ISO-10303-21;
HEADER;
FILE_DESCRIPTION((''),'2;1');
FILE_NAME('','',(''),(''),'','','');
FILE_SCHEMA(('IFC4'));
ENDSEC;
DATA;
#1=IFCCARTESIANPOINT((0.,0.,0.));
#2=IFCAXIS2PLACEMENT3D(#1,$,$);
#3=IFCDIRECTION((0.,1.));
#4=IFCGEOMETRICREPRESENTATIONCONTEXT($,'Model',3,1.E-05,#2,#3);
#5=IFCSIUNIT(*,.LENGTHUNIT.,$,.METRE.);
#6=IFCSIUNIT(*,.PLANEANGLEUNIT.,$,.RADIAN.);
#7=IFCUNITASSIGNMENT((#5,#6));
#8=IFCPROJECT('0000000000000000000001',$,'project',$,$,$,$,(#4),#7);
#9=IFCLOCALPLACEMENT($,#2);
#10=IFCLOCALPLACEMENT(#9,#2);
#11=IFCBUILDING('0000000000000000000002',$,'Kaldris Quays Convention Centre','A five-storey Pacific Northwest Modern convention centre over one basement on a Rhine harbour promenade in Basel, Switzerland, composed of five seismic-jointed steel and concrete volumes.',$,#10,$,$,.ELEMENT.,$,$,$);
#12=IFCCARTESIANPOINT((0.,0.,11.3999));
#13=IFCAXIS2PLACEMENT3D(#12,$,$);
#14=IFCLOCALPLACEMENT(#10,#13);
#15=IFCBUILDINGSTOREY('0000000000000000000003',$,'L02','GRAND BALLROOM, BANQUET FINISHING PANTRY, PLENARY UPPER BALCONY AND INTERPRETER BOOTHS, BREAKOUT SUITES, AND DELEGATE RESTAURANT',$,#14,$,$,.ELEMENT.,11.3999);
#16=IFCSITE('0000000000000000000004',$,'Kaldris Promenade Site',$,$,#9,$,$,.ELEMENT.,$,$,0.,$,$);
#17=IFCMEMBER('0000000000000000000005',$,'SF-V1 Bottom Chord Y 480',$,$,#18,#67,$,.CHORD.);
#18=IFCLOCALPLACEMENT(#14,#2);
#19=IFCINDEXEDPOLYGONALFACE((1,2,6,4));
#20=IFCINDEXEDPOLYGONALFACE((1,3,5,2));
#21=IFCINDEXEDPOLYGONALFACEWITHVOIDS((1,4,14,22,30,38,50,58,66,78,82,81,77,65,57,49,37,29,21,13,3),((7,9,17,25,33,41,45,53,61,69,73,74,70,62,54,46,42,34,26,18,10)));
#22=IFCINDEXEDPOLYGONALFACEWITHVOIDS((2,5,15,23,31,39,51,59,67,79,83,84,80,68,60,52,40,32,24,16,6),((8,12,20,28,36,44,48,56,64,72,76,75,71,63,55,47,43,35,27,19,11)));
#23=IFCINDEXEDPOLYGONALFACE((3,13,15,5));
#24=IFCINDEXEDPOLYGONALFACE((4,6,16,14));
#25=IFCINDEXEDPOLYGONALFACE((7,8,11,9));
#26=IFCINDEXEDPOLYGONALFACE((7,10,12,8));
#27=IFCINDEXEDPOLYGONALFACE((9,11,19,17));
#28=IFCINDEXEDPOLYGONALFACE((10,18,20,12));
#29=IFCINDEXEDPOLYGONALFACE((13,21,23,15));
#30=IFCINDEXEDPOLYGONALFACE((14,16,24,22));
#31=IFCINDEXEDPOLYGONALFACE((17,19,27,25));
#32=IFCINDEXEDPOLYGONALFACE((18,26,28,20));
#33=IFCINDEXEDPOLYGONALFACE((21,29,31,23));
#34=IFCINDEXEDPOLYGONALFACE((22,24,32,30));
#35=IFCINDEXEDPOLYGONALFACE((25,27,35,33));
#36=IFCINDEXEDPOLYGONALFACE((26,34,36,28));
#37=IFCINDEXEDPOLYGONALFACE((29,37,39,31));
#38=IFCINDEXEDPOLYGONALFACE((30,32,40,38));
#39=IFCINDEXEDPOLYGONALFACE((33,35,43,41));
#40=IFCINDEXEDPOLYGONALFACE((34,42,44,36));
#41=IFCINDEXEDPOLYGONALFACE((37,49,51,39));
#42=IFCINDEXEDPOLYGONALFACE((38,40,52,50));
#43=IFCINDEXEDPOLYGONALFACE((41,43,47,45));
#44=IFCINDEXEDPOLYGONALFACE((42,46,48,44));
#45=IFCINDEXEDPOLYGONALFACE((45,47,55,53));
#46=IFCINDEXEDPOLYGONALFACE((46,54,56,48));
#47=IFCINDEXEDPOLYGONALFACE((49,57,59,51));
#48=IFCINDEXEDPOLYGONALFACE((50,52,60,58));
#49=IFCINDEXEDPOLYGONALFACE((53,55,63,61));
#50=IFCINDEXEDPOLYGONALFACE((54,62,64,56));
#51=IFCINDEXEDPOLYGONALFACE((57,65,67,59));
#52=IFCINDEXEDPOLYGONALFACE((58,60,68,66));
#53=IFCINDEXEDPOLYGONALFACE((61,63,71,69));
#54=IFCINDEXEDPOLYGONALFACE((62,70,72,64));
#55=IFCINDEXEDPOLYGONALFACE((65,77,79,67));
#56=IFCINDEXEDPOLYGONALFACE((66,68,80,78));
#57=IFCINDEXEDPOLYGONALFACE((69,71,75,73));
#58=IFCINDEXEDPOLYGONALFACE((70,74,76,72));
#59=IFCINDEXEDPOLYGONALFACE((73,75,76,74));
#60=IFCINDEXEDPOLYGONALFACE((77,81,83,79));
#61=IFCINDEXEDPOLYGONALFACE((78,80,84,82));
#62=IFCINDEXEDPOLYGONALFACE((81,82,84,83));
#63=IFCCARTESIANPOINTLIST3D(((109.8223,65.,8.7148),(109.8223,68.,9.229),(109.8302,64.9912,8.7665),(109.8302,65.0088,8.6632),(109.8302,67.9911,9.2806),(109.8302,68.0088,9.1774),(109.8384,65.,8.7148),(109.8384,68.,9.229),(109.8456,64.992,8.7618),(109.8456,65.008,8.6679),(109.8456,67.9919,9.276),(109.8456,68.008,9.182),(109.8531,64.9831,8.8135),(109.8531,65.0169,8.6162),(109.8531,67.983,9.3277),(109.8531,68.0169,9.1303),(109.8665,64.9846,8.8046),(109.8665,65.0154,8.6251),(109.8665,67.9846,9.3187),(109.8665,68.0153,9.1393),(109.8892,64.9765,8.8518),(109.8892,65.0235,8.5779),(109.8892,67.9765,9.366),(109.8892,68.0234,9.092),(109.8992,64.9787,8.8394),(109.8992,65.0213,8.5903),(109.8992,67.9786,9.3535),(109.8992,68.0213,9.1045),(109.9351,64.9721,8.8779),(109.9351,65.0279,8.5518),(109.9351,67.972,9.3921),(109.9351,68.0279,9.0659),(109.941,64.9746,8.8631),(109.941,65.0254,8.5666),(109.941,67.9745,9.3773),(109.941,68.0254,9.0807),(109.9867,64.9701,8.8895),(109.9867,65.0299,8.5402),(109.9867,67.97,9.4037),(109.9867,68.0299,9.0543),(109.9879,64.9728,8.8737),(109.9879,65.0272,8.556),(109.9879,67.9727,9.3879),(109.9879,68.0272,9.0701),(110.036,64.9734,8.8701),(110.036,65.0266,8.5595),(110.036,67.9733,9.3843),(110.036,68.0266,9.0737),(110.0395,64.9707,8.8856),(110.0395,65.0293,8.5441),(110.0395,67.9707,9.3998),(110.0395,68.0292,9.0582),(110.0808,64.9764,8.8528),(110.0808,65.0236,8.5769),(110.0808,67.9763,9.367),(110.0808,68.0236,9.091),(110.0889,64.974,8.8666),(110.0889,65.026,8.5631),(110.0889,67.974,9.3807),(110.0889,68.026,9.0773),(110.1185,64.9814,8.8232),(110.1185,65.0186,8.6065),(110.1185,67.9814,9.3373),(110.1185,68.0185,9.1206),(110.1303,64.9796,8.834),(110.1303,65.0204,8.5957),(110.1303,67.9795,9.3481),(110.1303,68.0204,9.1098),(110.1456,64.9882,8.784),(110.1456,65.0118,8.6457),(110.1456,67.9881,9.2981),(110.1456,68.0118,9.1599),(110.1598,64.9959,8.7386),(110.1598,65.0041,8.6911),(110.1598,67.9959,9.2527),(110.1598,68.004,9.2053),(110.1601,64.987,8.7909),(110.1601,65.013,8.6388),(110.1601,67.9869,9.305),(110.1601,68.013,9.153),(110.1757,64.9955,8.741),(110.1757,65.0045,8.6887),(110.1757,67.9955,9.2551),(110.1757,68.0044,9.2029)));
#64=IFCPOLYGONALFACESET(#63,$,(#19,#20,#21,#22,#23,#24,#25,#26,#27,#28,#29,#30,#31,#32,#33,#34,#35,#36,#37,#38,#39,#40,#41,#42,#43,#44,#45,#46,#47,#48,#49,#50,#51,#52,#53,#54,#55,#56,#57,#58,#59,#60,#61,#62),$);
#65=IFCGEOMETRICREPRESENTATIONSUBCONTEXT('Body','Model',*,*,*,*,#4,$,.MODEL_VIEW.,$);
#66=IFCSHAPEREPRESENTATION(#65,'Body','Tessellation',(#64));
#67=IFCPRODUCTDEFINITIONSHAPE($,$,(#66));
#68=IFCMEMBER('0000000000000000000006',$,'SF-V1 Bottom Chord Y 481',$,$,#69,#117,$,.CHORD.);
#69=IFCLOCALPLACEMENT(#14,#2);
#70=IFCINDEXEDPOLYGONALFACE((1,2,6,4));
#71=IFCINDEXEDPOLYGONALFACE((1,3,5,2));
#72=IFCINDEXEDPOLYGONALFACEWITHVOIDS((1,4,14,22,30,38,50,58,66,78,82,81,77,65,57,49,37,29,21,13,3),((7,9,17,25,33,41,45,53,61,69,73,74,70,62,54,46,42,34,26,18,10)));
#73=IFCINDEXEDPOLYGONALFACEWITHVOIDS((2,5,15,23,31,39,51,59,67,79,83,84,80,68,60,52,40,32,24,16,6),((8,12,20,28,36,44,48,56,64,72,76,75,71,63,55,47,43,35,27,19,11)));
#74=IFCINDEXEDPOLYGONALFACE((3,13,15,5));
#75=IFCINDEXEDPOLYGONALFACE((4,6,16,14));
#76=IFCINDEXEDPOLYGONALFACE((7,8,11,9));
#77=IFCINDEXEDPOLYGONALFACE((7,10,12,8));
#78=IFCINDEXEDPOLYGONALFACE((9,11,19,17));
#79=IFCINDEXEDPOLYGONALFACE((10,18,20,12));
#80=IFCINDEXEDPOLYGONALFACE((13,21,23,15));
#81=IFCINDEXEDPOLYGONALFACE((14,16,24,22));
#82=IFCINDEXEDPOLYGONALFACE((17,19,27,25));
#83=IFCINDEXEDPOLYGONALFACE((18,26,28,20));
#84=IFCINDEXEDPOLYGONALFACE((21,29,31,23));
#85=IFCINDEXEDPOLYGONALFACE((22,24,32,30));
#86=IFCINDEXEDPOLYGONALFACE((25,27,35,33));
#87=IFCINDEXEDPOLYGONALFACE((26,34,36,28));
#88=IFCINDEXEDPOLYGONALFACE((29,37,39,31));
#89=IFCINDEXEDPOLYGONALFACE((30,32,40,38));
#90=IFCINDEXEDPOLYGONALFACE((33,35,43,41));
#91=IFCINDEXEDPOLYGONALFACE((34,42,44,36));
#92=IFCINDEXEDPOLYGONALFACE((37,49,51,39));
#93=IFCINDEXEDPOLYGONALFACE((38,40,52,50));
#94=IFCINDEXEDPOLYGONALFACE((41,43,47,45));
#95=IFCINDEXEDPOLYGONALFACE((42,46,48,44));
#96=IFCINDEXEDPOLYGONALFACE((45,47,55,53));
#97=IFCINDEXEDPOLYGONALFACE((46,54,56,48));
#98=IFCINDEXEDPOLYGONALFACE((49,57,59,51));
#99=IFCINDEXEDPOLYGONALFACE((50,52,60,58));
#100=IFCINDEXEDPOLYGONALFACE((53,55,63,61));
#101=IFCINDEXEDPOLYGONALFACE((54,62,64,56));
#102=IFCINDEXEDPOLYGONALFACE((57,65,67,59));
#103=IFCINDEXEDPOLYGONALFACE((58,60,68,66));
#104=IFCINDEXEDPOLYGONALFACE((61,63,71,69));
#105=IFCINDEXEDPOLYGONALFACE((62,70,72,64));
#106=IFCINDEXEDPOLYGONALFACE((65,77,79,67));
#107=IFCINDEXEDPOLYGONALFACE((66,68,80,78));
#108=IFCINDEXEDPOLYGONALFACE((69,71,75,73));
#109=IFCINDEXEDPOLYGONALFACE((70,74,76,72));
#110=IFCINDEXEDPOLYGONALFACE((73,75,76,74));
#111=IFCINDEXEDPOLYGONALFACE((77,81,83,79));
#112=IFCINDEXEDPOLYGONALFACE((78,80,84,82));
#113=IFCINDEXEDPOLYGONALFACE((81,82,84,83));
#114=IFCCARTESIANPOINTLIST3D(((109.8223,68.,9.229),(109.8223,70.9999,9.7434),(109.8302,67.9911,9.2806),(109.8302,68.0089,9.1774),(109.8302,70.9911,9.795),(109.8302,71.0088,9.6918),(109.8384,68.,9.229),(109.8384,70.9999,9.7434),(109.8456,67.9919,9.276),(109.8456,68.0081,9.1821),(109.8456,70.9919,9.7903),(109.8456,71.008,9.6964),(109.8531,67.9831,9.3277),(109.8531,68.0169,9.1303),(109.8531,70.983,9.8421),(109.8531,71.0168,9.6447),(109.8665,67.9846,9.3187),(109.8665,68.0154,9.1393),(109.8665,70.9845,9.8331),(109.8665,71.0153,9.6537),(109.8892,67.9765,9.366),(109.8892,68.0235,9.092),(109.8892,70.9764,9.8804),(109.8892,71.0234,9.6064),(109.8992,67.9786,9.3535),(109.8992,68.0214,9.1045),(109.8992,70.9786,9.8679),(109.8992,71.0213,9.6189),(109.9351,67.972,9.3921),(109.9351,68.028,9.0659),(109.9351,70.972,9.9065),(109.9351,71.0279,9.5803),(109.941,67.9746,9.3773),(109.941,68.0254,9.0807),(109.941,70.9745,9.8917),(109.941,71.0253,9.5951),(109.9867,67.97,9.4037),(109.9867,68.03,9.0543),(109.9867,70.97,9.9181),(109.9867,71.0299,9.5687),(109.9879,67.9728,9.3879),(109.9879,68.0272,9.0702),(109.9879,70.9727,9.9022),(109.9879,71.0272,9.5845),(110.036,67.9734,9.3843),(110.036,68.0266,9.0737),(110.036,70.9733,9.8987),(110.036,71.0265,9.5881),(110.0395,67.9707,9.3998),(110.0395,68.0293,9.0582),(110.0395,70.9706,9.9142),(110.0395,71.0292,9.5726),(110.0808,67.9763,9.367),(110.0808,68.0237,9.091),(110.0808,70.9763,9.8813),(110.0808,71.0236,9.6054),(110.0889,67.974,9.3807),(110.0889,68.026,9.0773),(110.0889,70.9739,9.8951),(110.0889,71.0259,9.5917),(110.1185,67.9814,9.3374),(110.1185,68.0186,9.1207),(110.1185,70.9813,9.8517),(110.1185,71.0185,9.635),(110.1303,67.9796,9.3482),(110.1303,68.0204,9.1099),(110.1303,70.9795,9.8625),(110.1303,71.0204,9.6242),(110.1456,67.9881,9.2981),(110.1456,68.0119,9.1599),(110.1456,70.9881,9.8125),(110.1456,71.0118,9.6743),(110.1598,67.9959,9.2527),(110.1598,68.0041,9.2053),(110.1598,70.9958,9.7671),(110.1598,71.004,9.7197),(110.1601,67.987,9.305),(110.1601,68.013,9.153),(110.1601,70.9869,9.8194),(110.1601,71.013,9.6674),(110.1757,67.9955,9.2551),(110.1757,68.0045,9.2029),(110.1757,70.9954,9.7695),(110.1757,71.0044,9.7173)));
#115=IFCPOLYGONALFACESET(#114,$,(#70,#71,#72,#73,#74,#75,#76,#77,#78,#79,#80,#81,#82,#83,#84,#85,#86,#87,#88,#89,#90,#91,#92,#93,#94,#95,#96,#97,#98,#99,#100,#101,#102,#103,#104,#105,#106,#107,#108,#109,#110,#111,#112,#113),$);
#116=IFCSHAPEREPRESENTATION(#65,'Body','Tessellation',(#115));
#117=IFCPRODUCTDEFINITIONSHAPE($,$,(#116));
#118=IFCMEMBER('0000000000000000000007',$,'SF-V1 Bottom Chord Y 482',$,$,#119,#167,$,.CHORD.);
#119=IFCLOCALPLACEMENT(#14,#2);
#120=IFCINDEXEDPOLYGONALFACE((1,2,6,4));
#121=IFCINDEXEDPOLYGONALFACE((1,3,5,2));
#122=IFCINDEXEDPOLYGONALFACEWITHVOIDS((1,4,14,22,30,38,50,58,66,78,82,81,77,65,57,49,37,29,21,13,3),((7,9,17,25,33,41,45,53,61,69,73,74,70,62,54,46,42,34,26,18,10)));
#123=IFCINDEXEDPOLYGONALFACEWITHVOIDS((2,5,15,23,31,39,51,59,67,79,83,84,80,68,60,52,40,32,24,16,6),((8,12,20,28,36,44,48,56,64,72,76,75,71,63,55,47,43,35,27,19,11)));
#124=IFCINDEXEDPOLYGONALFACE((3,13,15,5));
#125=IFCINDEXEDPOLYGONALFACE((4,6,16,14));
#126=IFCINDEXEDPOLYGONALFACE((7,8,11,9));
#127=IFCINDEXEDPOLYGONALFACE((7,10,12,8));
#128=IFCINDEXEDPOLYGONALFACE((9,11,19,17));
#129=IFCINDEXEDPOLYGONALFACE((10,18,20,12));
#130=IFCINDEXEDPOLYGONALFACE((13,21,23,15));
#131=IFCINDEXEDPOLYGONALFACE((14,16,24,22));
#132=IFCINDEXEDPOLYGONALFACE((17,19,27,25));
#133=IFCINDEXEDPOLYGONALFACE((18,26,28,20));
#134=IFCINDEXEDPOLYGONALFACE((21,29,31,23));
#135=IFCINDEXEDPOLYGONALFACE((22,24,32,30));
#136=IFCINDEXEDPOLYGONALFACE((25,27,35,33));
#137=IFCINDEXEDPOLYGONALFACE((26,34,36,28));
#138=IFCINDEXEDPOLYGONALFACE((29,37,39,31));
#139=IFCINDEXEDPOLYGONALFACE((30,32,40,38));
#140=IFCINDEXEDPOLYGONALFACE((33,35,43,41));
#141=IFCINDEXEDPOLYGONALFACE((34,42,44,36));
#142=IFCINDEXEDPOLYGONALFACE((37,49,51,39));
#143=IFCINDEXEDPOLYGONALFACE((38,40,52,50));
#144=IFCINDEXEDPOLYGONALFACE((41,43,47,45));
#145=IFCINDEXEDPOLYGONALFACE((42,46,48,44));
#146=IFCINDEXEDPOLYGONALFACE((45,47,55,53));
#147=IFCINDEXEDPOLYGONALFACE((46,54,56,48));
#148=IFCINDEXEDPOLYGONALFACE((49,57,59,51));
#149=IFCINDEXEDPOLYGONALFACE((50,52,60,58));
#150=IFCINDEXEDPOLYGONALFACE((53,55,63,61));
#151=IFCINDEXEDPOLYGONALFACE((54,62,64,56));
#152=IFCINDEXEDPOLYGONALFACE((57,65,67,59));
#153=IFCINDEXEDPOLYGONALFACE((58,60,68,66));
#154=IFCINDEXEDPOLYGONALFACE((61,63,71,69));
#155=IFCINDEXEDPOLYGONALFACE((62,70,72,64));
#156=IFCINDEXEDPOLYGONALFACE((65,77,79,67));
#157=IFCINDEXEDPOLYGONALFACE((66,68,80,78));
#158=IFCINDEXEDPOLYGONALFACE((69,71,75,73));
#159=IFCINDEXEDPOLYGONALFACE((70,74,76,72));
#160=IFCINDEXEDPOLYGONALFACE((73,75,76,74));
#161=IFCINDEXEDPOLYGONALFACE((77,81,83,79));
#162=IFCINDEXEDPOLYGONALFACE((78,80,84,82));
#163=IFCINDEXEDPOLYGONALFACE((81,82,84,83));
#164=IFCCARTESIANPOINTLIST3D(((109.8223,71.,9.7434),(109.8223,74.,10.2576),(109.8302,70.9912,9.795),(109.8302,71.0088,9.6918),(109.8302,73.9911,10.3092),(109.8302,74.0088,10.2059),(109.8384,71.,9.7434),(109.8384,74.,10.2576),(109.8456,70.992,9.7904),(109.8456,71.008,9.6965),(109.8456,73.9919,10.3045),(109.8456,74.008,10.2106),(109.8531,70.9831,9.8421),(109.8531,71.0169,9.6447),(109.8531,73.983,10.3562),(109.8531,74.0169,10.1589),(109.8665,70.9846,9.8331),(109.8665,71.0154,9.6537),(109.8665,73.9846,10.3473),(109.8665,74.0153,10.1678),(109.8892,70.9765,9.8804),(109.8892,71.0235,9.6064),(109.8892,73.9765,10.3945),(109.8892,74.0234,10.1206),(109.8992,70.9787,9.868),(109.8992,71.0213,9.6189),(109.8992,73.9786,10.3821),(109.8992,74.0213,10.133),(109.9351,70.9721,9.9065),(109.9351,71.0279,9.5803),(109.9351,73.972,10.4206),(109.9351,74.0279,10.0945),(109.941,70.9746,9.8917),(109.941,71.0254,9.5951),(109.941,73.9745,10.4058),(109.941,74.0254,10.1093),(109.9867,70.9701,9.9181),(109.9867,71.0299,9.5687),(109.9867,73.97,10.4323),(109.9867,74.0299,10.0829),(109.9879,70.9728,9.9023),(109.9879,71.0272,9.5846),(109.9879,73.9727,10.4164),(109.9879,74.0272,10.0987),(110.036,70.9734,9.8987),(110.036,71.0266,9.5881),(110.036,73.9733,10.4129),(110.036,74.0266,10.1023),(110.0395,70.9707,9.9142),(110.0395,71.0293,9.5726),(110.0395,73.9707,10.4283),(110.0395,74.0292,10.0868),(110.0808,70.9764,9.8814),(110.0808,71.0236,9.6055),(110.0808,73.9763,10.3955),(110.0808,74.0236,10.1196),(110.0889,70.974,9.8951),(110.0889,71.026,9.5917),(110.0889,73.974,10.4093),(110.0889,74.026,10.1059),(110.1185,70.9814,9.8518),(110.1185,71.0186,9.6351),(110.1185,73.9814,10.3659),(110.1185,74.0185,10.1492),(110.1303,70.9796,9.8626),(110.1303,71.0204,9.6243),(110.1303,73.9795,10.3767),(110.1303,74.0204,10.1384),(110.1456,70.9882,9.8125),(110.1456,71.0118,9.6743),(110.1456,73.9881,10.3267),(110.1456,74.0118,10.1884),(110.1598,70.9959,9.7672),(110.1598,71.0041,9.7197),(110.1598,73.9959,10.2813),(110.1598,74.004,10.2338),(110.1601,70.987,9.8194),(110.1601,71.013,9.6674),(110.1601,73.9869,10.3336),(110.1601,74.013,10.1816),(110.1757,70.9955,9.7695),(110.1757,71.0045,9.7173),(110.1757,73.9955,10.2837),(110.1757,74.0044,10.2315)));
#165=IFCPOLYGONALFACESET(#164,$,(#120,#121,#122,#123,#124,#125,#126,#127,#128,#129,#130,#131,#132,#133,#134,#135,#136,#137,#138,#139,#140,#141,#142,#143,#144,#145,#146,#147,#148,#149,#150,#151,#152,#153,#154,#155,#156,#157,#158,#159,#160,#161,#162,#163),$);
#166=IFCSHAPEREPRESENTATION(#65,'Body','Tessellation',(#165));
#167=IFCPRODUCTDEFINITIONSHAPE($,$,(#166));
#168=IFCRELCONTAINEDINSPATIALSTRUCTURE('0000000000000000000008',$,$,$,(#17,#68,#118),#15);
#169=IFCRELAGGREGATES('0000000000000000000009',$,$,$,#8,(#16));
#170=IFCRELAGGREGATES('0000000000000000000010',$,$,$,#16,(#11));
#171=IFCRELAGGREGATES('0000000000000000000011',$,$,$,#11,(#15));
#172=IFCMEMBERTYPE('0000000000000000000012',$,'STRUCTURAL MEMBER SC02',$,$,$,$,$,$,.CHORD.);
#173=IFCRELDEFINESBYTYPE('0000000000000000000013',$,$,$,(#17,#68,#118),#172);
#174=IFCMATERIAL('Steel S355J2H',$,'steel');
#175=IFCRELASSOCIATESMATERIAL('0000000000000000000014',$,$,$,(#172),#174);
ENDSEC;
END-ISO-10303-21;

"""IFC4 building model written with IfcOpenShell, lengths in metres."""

from ifc_helpers import new_model, si_unit, direction, frame, origin, origin_2d, place, context, subcontext, project, spatial, hollow_circle, extrude, material, material_profile, profile_set, type_object, element, save


model = new_model("IFC4")

# Units and contexts
model_context = context("Model", 3, precision=1e-05, world=origin(), true_north=direction((0.0, 1.0)))
body_context = subcontext(model_context, "Body", "Model", "MODEL_VIEW")
ifc_project = project(units=[si_unit("LENGTHUNIT", "METRE"), si_unit("PLANEANGLEUNIT", "RADIAN")], contexts=[model_context])

# Site, building, storey
site_placement = place(None, origin())
site = spatial("IfcSite", under=ifc_project, at=site_placement, Name="Kaldris Promenade Site", CompositionType="ELEMENT", RefElevation=0.0)
building_placement = place(site_placement, origin())
building = spatial("IfcBuilding", under=site, at=building_placement, Name="Kaldris Quays Convention Centre", Description="A five-storey Pacific Northwest Modern convention centre over one basement on a Rhine harbour promenade in Basel, Switzerland, composed of five seismic-jointed steel and concrete volumes.", CompositionType="ELEMENT")
storey_placement = place(building_placement, frame((0.0, 0.0, 11.3999)))
storey = spatial("IfcBuildingStorey", under=building, at=storey_placement, Name="L02", Description="GRAND BALLROOM, BANQUET FINISHING PANTRY, PLENARY UPPER BALCONY AND INTERPRETER BOOTHS, BREAKOUT SUITES, AND DELEGATE RESTAURANT", CompositionType="ELEMENT", Elevation=11.3999)

# Members
ifc_material_1 = material(Name="Steel S355J2H", Category="steel")
ifc_material_profile_1 = material_profile(ifc_material_1, hollow_circle(Radius=0.1777, WallThickness=0.0161, at=origin_2d()), Name="CHS 355.6x16")
ifc_profile_set_1 = profile_set([ifc_material_profile_1], Name="Steel S355J2H")
member_type_1 = type_object("IfcMemberType", Name="STRUCTURAL MEMBER SC02", PredefinedType="CHORD", material=ifc_profile_set_1)
for number, where, z_axis, x_axis, name in (
    (1, (110.0, 65.0, 8.7148), (0.0, 0.985629, 0.168924), (-1.0, 0.0, 0.0), "SF-V1 Bottom Chord Y 480"),
    (2, (110.0, 68.0, 9.229), (0.0, 0.985616, 0.169002), (-1.0, 0.0, 0.0), "SF-V1 Bottom Chord Y 481"),
    (3, (110.0, 71.0, 9.7434), (0.0, 0.985629, 0.168924), (-1.0, 0.0, 0.0), "SF-V1 Bottom Chord Y 482"),
):
    element("IfcMember", number, at=place(storey_placement, frame(where, z_axis=z_axis, x_axis=x_axis)), inside=storey, type_object=member_type_1, Name=name, PredefinedType="CHORD", context=body_context, shape_type="SweptSolid", body=[
        extrude(hollow_circle(Radius=0.1777, WallThickness=0.0161, at=origin_2d()), origin(), (0.0, 0.0, 1.0), 3.0437),
    ])

save(model, "model.ifc")
